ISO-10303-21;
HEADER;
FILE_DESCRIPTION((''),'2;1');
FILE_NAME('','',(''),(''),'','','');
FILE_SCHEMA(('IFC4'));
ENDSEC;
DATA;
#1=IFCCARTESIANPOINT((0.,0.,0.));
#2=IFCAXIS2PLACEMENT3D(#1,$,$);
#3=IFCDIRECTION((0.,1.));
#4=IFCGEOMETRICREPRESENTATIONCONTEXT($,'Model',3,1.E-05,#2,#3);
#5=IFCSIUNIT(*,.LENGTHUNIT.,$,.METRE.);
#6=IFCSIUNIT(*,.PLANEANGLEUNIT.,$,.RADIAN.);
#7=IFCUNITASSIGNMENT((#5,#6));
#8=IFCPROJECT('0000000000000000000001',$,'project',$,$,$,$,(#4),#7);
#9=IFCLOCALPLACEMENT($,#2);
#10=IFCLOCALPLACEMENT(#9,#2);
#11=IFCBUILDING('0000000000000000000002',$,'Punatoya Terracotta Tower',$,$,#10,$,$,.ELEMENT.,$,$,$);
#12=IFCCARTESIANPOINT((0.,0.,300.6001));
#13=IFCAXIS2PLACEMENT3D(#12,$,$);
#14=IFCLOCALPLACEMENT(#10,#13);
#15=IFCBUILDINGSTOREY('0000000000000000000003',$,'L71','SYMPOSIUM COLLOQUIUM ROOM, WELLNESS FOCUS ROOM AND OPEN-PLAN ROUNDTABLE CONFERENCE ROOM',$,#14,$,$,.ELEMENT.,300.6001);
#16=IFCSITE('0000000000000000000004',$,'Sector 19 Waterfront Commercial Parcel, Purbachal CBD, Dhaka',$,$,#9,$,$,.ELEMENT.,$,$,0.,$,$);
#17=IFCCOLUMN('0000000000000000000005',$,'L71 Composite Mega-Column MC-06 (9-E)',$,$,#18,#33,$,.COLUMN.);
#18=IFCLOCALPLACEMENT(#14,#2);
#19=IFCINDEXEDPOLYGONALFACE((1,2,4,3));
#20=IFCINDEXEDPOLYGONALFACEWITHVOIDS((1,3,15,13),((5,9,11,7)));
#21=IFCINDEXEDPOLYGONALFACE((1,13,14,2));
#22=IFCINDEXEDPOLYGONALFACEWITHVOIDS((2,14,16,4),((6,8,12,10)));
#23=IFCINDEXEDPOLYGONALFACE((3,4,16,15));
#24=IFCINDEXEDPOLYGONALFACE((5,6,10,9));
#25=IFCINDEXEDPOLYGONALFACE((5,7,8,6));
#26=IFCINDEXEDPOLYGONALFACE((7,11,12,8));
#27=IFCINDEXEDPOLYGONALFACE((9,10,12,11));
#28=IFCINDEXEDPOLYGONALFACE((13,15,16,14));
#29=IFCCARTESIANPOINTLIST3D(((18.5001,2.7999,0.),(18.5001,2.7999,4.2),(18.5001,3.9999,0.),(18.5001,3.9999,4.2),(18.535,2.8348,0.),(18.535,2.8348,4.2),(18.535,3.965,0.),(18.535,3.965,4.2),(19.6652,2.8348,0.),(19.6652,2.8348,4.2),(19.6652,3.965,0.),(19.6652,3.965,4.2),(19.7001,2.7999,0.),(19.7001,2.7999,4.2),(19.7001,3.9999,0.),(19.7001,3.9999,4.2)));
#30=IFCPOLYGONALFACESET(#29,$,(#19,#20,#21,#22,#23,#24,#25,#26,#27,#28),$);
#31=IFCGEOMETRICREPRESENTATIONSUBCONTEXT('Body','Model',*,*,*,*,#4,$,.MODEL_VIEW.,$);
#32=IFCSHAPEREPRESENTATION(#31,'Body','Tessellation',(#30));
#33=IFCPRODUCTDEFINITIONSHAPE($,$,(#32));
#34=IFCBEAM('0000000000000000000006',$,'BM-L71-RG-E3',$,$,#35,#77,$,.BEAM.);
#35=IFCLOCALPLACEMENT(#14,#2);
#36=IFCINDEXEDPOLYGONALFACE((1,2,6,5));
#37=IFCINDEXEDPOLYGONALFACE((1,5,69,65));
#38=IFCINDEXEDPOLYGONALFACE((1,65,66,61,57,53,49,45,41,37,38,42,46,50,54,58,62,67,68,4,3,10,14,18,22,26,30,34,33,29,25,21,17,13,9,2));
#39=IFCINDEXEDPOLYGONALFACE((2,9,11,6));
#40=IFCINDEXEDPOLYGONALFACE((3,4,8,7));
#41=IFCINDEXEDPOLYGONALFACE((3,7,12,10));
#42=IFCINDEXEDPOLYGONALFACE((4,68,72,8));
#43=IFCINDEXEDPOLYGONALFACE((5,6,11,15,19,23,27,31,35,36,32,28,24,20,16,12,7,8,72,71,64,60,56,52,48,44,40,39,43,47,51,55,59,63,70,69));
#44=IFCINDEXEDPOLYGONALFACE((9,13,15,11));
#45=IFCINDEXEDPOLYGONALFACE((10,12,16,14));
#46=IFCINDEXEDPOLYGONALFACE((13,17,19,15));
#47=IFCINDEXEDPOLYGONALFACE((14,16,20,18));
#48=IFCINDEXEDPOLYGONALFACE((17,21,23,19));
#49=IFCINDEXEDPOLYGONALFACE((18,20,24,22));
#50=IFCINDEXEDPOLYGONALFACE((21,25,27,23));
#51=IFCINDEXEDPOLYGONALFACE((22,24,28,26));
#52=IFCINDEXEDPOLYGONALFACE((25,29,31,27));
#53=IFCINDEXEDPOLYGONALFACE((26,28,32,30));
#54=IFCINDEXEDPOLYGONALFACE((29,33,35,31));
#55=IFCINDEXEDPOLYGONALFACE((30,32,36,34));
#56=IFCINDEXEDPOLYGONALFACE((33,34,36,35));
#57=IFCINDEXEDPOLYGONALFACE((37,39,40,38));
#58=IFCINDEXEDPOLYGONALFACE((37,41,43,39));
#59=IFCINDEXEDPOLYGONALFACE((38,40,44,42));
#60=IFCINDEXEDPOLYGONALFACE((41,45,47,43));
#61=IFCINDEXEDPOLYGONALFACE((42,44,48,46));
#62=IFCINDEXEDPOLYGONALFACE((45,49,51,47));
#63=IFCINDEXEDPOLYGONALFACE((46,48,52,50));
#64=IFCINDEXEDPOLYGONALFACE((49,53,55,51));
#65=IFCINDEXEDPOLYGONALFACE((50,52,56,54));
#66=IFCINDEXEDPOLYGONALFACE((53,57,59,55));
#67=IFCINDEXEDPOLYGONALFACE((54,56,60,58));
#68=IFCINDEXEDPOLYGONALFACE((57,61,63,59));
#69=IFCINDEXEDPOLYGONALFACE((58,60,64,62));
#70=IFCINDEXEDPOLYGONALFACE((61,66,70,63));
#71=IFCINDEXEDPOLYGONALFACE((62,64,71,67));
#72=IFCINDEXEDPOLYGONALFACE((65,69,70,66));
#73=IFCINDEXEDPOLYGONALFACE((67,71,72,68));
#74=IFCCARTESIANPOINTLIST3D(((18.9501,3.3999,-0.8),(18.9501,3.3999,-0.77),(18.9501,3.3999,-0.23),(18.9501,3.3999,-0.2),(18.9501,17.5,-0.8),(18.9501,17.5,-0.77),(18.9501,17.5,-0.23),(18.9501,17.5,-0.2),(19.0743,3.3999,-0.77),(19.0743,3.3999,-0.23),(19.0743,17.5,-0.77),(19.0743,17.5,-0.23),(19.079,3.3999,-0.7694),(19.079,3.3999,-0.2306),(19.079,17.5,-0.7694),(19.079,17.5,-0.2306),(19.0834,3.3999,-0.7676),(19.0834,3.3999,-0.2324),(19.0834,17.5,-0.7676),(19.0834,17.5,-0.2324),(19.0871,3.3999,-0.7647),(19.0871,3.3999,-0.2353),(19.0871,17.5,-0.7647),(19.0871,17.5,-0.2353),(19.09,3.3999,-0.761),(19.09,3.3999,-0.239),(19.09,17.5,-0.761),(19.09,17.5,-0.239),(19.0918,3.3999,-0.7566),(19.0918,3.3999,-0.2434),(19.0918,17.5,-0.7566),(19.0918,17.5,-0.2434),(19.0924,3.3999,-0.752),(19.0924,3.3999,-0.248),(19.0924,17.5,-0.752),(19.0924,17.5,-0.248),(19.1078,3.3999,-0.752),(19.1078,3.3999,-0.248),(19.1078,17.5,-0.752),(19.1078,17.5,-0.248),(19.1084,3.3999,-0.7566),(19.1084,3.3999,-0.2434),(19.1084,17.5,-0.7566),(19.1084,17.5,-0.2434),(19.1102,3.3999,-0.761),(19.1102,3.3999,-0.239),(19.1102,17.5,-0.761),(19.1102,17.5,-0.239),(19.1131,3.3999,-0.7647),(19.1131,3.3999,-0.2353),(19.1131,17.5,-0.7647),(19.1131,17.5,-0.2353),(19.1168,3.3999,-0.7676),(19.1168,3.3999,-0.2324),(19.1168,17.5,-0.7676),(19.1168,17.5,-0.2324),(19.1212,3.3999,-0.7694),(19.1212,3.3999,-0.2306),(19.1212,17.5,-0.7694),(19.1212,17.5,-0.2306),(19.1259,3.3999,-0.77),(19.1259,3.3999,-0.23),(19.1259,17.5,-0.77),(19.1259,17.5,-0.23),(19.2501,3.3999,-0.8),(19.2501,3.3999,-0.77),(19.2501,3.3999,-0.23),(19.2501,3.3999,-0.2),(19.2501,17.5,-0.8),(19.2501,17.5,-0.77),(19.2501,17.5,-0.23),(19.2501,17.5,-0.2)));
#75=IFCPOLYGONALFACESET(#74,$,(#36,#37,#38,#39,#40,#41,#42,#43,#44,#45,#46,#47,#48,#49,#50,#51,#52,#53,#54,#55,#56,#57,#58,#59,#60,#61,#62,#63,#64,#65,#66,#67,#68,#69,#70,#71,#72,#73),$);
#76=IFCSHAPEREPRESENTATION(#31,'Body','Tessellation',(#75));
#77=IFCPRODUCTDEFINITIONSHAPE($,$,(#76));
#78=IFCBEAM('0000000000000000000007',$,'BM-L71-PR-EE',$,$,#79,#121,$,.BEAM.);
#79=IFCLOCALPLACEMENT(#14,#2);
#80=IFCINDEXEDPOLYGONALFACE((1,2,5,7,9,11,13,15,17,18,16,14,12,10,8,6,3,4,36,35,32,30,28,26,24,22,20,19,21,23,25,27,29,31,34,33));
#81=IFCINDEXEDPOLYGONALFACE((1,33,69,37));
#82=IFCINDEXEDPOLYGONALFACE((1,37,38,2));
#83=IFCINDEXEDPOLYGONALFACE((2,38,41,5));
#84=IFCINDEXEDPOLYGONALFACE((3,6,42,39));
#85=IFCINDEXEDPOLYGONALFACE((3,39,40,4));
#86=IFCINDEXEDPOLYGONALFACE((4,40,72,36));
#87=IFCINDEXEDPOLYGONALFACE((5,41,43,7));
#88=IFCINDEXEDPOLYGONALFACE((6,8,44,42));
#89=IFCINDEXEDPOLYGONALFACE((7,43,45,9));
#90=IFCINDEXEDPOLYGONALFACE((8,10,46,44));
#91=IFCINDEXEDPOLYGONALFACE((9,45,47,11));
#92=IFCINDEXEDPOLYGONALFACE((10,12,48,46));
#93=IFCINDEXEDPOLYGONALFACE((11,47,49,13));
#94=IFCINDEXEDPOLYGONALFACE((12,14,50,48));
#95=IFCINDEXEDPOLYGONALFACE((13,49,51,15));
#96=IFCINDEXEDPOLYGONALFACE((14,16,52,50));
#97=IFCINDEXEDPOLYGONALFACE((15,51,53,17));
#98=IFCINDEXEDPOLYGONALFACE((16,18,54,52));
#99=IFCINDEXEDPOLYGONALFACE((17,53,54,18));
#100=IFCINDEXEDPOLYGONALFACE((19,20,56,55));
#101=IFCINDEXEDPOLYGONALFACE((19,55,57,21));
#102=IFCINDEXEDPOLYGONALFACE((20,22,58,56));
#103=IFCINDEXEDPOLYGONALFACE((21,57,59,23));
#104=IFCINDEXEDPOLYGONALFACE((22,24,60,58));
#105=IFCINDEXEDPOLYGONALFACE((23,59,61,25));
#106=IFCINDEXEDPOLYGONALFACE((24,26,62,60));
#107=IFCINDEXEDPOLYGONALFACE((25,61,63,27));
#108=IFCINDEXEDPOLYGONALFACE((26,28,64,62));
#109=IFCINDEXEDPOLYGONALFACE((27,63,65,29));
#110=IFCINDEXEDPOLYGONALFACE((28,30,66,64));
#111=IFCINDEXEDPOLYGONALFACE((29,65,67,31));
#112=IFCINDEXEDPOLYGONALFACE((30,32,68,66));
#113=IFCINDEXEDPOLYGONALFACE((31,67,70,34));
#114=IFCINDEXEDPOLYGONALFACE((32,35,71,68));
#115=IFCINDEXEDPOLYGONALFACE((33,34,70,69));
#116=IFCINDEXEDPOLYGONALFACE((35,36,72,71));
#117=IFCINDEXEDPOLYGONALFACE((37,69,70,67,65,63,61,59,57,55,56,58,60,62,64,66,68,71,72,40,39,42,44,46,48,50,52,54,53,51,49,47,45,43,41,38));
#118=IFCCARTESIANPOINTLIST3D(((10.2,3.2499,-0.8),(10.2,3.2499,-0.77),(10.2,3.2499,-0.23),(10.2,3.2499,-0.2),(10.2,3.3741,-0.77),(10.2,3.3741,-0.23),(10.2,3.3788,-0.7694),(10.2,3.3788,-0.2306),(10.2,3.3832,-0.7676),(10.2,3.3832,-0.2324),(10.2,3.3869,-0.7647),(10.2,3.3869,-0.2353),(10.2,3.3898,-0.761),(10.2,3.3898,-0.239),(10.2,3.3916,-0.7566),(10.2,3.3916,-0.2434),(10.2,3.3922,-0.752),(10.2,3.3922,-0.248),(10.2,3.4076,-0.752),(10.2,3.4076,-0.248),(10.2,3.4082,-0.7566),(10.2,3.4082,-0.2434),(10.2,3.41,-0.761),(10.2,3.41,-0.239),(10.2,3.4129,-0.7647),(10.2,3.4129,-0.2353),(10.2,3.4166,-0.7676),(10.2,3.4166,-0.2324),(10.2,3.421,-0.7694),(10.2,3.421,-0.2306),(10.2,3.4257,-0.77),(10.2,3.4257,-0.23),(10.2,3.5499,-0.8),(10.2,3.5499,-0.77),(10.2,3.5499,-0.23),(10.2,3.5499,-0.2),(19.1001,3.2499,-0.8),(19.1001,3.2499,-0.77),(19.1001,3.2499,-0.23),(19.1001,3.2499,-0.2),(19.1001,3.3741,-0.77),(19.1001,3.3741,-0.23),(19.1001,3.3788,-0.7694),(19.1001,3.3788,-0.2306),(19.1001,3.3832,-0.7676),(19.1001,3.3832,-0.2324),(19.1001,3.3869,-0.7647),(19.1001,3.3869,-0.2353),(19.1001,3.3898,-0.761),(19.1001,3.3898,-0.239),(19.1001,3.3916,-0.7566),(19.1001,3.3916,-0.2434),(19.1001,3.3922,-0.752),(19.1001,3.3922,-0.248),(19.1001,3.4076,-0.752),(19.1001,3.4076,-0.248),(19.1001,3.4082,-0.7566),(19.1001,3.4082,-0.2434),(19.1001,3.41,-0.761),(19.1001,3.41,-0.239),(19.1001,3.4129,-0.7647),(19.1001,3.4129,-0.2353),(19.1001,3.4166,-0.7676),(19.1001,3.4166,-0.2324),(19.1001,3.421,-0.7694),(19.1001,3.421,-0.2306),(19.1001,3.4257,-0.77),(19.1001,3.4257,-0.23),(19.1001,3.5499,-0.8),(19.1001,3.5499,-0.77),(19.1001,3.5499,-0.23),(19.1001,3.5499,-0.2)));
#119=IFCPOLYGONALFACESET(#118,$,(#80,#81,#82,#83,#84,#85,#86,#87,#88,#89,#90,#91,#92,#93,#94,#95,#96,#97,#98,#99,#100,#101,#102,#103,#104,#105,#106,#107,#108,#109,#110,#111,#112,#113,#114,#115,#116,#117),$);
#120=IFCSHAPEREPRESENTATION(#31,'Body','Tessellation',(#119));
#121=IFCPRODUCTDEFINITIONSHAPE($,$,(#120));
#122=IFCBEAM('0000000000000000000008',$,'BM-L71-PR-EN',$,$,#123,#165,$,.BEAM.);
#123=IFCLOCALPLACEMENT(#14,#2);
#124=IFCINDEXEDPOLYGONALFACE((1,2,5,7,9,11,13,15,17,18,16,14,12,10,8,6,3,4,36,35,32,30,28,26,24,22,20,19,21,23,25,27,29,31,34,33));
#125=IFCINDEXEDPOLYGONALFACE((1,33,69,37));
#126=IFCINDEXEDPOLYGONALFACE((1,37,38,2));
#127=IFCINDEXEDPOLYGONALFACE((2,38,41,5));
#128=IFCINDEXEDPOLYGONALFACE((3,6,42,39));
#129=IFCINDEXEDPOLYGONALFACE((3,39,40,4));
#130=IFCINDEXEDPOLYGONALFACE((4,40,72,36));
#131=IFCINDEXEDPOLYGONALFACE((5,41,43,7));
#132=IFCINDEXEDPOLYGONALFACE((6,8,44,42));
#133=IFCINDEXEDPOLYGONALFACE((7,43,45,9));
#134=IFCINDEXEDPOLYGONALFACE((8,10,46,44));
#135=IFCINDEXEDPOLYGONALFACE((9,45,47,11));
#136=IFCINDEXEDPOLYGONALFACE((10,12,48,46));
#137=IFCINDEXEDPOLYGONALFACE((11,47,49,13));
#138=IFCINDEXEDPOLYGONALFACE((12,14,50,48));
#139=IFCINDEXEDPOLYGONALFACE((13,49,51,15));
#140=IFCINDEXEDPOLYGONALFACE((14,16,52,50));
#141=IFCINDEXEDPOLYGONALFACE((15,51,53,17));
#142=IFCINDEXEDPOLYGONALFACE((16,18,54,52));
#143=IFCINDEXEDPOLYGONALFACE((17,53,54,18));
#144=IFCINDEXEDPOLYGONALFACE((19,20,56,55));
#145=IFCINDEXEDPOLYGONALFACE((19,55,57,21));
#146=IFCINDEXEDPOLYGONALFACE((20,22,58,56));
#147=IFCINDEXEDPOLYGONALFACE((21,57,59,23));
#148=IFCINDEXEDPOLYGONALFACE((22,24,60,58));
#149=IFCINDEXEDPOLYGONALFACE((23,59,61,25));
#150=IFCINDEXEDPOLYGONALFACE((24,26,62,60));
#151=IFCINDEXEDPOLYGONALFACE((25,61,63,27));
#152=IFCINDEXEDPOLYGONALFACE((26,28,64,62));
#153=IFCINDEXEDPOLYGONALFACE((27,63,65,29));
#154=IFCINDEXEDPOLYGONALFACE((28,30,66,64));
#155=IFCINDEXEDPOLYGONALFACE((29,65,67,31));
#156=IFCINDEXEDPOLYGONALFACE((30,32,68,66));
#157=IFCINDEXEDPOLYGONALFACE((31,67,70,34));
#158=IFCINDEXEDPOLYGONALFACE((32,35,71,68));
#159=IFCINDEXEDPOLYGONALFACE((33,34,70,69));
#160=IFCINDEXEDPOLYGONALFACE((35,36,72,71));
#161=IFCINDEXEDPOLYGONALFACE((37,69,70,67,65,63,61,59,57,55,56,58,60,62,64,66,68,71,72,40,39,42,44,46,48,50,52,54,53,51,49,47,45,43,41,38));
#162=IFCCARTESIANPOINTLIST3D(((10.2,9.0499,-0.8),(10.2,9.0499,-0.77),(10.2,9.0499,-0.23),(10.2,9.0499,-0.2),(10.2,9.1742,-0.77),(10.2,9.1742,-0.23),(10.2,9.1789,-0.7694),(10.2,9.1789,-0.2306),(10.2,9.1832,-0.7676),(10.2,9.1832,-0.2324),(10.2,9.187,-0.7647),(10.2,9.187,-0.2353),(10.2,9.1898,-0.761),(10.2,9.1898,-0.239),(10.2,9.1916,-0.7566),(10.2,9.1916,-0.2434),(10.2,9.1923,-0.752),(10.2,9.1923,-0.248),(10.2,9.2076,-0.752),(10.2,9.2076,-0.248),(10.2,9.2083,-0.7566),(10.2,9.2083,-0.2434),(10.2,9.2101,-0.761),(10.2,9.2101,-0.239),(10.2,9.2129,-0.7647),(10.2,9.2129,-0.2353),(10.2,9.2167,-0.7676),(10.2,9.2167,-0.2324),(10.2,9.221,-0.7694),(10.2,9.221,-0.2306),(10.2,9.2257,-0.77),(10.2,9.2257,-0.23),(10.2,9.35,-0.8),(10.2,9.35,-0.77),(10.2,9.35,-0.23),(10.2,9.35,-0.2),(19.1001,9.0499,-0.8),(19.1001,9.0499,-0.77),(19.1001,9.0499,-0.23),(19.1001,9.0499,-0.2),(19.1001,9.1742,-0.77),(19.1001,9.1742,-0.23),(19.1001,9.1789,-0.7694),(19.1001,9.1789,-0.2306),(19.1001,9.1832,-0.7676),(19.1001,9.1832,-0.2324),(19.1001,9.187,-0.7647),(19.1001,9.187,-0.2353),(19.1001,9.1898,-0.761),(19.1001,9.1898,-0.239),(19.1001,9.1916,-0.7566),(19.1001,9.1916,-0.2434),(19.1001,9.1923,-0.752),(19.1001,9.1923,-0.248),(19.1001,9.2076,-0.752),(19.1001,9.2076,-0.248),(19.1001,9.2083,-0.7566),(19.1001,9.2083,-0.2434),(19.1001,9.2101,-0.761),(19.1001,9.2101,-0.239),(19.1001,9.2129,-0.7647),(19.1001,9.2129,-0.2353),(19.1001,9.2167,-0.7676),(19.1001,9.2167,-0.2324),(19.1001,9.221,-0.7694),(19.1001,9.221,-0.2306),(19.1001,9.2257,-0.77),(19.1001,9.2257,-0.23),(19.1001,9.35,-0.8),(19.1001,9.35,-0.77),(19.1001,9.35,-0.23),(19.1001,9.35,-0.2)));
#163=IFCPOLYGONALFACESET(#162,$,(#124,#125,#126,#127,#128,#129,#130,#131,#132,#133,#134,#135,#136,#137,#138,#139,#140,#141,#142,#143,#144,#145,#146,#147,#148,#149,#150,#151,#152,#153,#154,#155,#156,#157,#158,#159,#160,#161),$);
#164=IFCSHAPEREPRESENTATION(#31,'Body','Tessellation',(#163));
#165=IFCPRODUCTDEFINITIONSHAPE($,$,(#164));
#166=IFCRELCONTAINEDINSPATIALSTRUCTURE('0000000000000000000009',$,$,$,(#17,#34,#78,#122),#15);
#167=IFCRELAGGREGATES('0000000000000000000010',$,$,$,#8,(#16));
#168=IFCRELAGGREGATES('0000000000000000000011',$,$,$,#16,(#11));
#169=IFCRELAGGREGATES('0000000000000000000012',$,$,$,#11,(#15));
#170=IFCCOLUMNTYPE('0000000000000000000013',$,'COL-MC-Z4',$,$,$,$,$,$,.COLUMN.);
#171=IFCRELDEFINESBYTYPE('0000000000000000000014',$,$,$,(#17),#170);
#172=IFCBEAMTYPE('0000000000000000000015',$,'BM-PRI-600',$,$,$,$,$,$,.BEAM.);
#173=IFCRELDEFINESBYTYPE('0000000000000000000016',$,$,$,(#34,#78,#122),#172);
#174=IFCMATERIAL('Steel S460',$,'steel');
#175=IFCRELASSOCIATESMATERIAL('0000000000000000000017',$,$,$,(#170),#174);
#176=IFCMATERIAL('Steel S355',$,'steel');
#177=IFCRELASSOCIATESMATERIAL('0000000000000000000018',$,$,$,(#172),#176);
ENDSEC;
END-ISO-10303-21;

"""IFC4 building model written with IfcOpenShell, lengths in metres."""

from ifc_helpers import new_model, si_unit, direction, frame, origin, origin_2d, place, context, subcontext, project, spatial, hollow_rectangle, i_section, extrude, material, material_profile, profile_set, type_object, element, save


model = new_model("IFC4")

# Units and contexts
model_context = context("Model", 3, precision=1e-05, world=origin(), true_north=direction((0.0, 1.0)))
body_context = subcontext(model_context, "Body", "Model", "MODEL_VIEW")
ifc_project = project(units=[si_unit("LENGTHUNIT", "METRE"), si_unit("PLANEANGLEUNIT", "RADIAN")], contexts=[model_context])

# Site, building, storey
site_placement = place(None, origin())
site = spatial("IfcSite", under=ifc_project, at=site_placement, Name="Sector 19 Waterfront Commercial Parcel, Purbachal CBD, Dhaka", CompositionType="ELEMENT", RefElevation=0.0)
building_placement = place(site_placement, origin())
building = spatial("IfcBuilding", under=site, at=building_placement, Name="Punatoya Terracotta Tower", CompositionType="ELEMENT")
storey_placement = place(building_placement, frame((0.0, 0.0, 300.6001)))
storey = spatial("IfcBuildingStorey", under=building, at=storey_placement, Name="L71", Description="SYMPOSIUM COLLOQUIUM ROOM, WELLNESS FOCUS ROOM AND OPEN-PLAN ROUNDTABLE CONFERENCE ROOM", CompositionType="ELEMENT", Elevation=300.6001)

# Column
ifc_material_1 = material(Name="Steel S460", Category="steel")
ifc_material_profile_1 = material_profile(ifc_material_1, hollow_rectangle(XDim=1.2, YDim=1.2, WallThickness=0.0349, at=origin_2d()))
ifc_profile_set_1 = profile_set([ifc_material_profile_1], Name="Steel S460")
column_type = type_object("IfcColumnType", Name="COL-MC-Z4", PredefinedType="COLUMN", material=ifc_profile_set_1)
column_placement = place(storey_placement, frame((19.1001, 3.3999, 0.0), z_axis=(0.0, 0.0, 1.0), x_axis=(1.0, 0.0, 0.0)))
element("IfcColumn", 1, at=column_placement, inside=storey, type_object=column_type, Name="L71 Composite Mega-Column MC-06 (9-E)", PredefinedType="COLUMN", context=body_context, shape_type="SweptSolid", body=[
    extrude(hollow_rectangle(XDim=1.2, YDim=1.2, WallThickness=0.0349, at=origin_2d()), origin(), (0.0, 0.0, 1.0), 4.2),
])

# Beams
ifc_material_2 = material(Name="Steel S355", Category="steel")
ifc_material_profile_2 = material_profile(ifc_material_2, i_section(OverallWidth=0.3, OverallDepth=0.6001, WebThickness=0.0154, FlangeThickness=0.03, FilletRadius=0.0181, at=origin_2d()))
ifc_profile_set_2 = profile_set([ifc_material_profile_2], Name="Steel S355")
beam_type_1 = type_object("IfcBeamType", Name="BM-PRI-600", PredefinedType="BEAM", material=ifc_profile_set_2)
beam_1_placement = place(storey_placement, frame((19.1001, 3.3999, -0.5), z_axis=(0.0, 1.0, 0.0), x_axis=(-1.0, 0.0, 0.0)))
element("IfcBeam", 2, at=beam_1_placement, inside=storey, type_object=beam_type_1, Name="BM-L71-RG-E3", PredefinedType="BEAM", context=body_context, shape_type="SweptSolid", body=[
    extrude(i_section(OverallWidth=0.3, OverallDepth=0.6001, WebThickness=0.0154, FlangeThickness=0.03, FilletRadius=0.0181, at=origin_2d()), origin(), (0.0, 0.0, 1.0), 14.1001),
])
for number, where, z_axis, x_axis, name in (
    (3, (10.2, 3.3999, -0.5), (1.0, 0.0, 0.0), (0.0, 1.0, 0.0), "BM-L71-PR-EE"),
    (4, (10.2, 9.2, -0.5), (1.0, 0.0, 0.0), (0.0, 1.0, 0.0), "BM-L71-PR-EN"),
):
    element("IfcBeam", number, at=place(storey_placement, frame(where, z_axis=z_axis, x_axis=x_axis)), inside=storey, type_object=beam_type_1, Name=name, PredefinedType="BEAM", context=body_context, shape_type="SweptSolid", body=[
        extrude(i_section(OverallWidth=0.3, OverallDepth=0.6001, WebThickness=0.0154, FlangeThickness=0.03, FilletRadius=0.0181, at=origin_2d()), origin(), (0.0, 0.0, 1.0), 8.9001),
    ])

save(model, "model.ifc")
